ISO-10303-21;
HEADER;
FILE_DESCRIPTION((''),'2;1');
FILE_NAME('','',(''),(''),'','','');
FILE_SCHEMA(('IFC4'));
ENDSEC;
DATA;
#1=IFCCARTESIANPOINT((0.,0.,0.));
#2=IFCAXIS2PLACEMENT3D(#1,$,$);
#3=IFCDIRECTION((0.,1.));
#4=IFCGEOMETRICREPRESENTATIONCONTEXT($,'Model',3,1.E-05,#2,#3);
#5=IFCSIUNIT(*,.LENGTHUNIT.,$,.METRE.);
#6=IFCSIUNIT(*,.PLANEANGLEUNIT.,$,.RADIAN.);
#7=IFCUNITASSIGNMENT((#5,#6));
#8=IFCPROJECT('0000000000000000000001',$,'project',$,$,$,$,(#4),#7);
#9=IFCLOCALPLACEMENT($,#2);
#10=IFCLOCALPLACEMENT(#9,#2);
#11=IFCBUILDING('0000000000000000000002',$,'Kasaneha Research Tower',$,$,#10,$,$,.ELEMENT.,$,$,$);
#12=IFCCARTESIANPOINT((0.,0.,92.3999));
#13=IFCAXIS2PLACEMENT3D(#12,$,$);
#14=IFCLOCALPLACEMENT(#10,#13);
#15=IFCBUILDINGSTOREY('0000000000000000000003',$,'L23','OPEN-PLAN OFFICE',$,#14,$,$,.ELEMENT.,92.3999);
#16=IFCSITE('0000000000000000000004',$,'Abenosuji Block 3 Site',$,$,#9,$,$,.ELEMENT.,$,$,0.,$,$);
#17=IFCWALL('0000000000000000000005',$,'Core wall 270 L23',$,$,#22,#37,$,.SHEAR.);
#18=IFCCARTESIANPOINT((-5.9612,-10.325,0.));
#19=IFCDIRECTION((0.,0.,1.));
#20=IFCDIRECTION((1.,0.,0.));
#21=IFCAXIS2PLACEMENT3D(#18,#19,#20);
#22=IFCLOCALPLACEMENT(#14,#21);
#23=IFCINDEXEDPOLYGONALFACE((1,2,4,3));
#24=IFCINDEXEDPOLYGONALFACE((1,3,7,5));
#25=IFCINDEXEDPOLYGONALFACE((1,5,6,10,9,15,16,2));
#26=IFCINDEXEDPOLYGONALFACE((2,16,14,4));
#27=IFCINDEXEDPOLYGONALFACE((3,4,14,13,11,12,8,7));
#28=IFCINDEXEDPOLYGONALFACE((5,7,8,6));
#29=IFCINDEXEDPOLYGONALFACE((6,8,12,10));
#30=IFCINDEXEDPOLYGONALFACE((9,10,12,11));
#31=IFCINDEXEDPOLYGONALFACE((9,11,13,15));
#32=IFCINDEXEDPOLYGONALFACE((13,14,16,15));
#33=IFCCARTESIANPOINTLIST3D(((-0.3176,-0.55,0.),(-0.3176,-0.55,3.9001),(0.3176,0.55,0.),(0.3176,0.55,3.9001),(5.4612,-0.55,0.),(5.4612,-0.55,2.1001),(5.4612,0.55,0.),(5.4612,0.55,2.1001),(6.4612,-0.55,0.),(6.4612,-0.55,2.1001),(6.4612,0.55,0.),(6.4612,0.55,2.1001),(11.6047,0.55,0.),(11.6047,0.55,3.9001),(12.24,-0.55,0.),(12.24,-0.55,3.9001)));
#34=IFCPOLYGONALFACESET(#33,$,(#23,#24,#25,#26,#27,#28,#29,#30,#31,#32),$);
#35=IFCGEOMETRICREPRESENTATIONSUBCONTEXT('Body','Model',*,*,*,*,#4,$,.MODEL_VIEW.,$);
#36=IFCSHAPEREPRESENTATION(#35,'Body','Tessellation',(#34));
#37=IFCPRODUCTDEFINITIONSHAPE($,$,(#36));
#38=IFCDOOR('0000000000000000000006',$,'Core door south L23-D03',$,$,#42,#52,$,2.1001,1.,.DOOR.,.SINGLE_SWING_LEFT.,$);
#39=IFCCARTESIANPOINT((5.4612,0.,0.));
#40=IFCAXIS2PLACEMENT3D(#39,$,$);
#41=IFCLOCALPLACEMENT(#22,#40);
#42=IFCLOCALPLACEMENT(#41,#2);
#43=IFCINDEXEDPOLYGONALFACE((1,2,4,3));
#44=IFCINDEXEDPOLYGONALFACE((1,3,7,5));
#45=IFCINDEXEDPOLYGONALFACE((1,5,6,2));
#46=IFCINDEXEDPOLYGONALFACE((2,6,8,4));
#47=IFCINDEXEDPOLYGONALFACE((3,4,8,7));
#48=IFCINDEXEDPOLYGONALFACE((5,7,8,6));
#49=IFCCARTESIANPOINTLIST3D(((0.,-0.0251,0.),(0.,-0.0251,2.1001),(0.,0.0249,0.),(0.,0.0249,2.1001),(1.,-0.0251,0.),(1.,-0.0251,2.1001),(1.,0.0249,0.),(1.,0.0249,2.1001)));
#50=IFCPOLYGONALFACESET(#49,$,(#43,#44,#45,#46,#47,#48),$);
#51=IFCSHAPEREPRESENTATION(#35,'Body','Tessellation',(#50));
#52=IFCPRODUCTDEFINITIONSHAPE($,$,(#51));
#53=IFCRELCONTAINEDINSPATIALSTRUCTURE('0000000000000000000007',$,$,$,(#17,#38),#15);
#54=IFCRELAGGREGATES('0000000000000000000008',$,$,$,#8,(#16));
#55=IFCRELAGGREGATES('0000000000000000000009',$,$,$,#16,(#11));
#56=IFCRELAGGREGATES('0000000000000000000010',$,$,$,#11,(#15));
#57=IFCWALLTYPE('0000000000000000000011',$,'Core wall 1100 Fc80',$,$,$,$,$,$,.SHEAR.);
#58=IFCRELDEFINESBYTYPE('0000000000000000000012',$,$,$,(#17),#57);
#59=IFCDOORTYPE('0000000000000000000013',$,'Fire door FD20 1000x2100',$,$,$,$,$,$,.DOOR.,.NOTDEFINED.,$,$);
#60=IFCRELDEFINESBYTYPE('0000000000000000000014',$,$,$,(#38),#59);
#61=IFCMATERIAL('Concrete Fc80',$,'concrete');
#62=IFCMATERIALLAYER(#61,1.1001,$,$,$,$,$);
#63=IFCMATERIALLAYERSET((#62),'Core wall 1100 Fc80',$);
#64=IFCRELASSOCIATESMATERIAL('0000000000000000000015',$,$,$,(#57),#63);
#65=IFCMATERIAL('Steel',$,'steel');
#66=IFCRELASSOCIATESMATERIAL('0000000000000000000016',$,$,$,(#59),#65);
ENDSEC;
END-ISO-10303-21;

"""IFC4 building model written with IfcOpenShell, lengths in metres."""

from ifc_helpers import new_model, si_unit, direction, frame, frame_2d, origin, place, context, subcontext, project, spatial, polyline, rectangle, outline, extrude, material, layer, layer_set, type_object, element, fill, save


model = new_model("IFC4")

# Units and contexts
model_context = context("Model", 3, precision=1e-05, world=origin(), true_north=direction((0.0, 1.0)))
body_context = subcontext(model_context, "Body", "Model", "MODEL_VIEW")
ifc_project = project(units=[si_unit("LENGTHUNIT", "METRE"), si_unit("PLANEANGLEUNIT", "RADIAN")], contexts=[model_context])

# Site, building, storey
site_placement = place(None, origin())
site = spatial("IfcSite", under=ifc_project, at=site_placement, Name="Abenosuji Block 3 Site", CompositionType="ELEMENT", RefElevation=0.0)
building_placement = place(site_placement, origin())
building = spatial("IfcBuilding", under=site, at=building_placement, Name="Kasaneha Research Tower", CompositionType="ELEMENT")
storey_placement = place(building_placement, frame((0.0, 0.0, 92.3999)))
storey = spatial("IfcBuildingStorey", under=building, at=storey_placement, Name="L23", Description="OPEN-PLAN OFFICE", CompositionType="ELEMENT", Elevation=92.3999)

# Wall, opening, door
ifc_material_1 = material(Name="Concrete Fc80", Category="concrete")
ifc_layer_1 = layer(ifc_material_1, 1.1001)
ifc_layer_set_1 = layer_set([ifc_layer_1], Name="Core wall 1100 Fc80")
wall_type_1 = type_object("IfcWallType", Name="Core wall 1100 Fc80", PredefinedType="SHEAR", material=ifc_layer_set_1)
wall_1_placement = place(storey_placement, frame((-5.9612, -10.325, 0.0), z_axis=(0.0, 0.0, 1.0), x_axis=(1.0, 0.0, 0.0)))
wall_1 = element("IfcWall", 1, at=wall_1_placement, inside=storey, type_object=wall_type_1, Name="Core wall 270 L23", PredefinedType="SHEAR", context=body_context, shape_type="SweptSolid", body=[
    extrude(outline(polyline([(-0.3176, -0.55), (5.4612, -0.55), (6.4612, -0.55), (12.24, -0.55), (11.6047, 0.55), (6.4612, 0.55), (5.4612, 0.55), (0.3176, 0.55), (-0.3176, -0.55)])), origin(), (0.0, 0.0, 1.0), 3.9001),
])
opening_1_placement = place(wall_1_placement, frame((5.4612, 0.0, 0.0)))
opening_1 = element("IfcOpeningElement", 2, at=opening_1_placement, cuts=wall_1, PredefinedType="OPENING", context=body_context, shape_type="SweptSolid", body=[
    extrude(rectangle(XDim=1.0, YDim=2.1001, at=frame_2d((0.5, 1.05))), frame((0.0, 0.5601, 0.0), z_axis=(0.0, -1.0, 0.0), x_axis=(1.0, 0.0, 0.0)), (0.0, 0.0, 1.0), 1.1201),
])
ifc_material_2 = material(Name="Steel", Category="steel")
door_type_1 = type_object("IfcDoorType", Name="Fire door FD20 1000x2100", OperationType="NOTDEFINED", PredefinedType="DOOR", material=ifc_material_2)
door_1_placement = place(opening_1_placement, origin())
door_1 = element("IfcDoor", 3, at=door_1_placement, inside=storey, type_object=door_type_1, Name="Core door south L23-D03", OperationType="SINGLE_SWING_LEFT", OverallHeight=2.1001, OverallWidth=1.0, PredefinedType="DOOR", context=body_context, shape_type="SweptSolid", body=[
    extrude(rectangle(XDim=1.0, YDim=2.1001, at=frame_2d((0.5, 1.05))), frame((0.0, 0.0249, 0.0), z_axis=(0.0, -1.0, 0.0), x_axis=(1.0, 0.0, 0.0)), (0.0, 0.0, 1.0), 0.05),
])
fill(opening_1, door_1)

save(model, "model.ifc")
